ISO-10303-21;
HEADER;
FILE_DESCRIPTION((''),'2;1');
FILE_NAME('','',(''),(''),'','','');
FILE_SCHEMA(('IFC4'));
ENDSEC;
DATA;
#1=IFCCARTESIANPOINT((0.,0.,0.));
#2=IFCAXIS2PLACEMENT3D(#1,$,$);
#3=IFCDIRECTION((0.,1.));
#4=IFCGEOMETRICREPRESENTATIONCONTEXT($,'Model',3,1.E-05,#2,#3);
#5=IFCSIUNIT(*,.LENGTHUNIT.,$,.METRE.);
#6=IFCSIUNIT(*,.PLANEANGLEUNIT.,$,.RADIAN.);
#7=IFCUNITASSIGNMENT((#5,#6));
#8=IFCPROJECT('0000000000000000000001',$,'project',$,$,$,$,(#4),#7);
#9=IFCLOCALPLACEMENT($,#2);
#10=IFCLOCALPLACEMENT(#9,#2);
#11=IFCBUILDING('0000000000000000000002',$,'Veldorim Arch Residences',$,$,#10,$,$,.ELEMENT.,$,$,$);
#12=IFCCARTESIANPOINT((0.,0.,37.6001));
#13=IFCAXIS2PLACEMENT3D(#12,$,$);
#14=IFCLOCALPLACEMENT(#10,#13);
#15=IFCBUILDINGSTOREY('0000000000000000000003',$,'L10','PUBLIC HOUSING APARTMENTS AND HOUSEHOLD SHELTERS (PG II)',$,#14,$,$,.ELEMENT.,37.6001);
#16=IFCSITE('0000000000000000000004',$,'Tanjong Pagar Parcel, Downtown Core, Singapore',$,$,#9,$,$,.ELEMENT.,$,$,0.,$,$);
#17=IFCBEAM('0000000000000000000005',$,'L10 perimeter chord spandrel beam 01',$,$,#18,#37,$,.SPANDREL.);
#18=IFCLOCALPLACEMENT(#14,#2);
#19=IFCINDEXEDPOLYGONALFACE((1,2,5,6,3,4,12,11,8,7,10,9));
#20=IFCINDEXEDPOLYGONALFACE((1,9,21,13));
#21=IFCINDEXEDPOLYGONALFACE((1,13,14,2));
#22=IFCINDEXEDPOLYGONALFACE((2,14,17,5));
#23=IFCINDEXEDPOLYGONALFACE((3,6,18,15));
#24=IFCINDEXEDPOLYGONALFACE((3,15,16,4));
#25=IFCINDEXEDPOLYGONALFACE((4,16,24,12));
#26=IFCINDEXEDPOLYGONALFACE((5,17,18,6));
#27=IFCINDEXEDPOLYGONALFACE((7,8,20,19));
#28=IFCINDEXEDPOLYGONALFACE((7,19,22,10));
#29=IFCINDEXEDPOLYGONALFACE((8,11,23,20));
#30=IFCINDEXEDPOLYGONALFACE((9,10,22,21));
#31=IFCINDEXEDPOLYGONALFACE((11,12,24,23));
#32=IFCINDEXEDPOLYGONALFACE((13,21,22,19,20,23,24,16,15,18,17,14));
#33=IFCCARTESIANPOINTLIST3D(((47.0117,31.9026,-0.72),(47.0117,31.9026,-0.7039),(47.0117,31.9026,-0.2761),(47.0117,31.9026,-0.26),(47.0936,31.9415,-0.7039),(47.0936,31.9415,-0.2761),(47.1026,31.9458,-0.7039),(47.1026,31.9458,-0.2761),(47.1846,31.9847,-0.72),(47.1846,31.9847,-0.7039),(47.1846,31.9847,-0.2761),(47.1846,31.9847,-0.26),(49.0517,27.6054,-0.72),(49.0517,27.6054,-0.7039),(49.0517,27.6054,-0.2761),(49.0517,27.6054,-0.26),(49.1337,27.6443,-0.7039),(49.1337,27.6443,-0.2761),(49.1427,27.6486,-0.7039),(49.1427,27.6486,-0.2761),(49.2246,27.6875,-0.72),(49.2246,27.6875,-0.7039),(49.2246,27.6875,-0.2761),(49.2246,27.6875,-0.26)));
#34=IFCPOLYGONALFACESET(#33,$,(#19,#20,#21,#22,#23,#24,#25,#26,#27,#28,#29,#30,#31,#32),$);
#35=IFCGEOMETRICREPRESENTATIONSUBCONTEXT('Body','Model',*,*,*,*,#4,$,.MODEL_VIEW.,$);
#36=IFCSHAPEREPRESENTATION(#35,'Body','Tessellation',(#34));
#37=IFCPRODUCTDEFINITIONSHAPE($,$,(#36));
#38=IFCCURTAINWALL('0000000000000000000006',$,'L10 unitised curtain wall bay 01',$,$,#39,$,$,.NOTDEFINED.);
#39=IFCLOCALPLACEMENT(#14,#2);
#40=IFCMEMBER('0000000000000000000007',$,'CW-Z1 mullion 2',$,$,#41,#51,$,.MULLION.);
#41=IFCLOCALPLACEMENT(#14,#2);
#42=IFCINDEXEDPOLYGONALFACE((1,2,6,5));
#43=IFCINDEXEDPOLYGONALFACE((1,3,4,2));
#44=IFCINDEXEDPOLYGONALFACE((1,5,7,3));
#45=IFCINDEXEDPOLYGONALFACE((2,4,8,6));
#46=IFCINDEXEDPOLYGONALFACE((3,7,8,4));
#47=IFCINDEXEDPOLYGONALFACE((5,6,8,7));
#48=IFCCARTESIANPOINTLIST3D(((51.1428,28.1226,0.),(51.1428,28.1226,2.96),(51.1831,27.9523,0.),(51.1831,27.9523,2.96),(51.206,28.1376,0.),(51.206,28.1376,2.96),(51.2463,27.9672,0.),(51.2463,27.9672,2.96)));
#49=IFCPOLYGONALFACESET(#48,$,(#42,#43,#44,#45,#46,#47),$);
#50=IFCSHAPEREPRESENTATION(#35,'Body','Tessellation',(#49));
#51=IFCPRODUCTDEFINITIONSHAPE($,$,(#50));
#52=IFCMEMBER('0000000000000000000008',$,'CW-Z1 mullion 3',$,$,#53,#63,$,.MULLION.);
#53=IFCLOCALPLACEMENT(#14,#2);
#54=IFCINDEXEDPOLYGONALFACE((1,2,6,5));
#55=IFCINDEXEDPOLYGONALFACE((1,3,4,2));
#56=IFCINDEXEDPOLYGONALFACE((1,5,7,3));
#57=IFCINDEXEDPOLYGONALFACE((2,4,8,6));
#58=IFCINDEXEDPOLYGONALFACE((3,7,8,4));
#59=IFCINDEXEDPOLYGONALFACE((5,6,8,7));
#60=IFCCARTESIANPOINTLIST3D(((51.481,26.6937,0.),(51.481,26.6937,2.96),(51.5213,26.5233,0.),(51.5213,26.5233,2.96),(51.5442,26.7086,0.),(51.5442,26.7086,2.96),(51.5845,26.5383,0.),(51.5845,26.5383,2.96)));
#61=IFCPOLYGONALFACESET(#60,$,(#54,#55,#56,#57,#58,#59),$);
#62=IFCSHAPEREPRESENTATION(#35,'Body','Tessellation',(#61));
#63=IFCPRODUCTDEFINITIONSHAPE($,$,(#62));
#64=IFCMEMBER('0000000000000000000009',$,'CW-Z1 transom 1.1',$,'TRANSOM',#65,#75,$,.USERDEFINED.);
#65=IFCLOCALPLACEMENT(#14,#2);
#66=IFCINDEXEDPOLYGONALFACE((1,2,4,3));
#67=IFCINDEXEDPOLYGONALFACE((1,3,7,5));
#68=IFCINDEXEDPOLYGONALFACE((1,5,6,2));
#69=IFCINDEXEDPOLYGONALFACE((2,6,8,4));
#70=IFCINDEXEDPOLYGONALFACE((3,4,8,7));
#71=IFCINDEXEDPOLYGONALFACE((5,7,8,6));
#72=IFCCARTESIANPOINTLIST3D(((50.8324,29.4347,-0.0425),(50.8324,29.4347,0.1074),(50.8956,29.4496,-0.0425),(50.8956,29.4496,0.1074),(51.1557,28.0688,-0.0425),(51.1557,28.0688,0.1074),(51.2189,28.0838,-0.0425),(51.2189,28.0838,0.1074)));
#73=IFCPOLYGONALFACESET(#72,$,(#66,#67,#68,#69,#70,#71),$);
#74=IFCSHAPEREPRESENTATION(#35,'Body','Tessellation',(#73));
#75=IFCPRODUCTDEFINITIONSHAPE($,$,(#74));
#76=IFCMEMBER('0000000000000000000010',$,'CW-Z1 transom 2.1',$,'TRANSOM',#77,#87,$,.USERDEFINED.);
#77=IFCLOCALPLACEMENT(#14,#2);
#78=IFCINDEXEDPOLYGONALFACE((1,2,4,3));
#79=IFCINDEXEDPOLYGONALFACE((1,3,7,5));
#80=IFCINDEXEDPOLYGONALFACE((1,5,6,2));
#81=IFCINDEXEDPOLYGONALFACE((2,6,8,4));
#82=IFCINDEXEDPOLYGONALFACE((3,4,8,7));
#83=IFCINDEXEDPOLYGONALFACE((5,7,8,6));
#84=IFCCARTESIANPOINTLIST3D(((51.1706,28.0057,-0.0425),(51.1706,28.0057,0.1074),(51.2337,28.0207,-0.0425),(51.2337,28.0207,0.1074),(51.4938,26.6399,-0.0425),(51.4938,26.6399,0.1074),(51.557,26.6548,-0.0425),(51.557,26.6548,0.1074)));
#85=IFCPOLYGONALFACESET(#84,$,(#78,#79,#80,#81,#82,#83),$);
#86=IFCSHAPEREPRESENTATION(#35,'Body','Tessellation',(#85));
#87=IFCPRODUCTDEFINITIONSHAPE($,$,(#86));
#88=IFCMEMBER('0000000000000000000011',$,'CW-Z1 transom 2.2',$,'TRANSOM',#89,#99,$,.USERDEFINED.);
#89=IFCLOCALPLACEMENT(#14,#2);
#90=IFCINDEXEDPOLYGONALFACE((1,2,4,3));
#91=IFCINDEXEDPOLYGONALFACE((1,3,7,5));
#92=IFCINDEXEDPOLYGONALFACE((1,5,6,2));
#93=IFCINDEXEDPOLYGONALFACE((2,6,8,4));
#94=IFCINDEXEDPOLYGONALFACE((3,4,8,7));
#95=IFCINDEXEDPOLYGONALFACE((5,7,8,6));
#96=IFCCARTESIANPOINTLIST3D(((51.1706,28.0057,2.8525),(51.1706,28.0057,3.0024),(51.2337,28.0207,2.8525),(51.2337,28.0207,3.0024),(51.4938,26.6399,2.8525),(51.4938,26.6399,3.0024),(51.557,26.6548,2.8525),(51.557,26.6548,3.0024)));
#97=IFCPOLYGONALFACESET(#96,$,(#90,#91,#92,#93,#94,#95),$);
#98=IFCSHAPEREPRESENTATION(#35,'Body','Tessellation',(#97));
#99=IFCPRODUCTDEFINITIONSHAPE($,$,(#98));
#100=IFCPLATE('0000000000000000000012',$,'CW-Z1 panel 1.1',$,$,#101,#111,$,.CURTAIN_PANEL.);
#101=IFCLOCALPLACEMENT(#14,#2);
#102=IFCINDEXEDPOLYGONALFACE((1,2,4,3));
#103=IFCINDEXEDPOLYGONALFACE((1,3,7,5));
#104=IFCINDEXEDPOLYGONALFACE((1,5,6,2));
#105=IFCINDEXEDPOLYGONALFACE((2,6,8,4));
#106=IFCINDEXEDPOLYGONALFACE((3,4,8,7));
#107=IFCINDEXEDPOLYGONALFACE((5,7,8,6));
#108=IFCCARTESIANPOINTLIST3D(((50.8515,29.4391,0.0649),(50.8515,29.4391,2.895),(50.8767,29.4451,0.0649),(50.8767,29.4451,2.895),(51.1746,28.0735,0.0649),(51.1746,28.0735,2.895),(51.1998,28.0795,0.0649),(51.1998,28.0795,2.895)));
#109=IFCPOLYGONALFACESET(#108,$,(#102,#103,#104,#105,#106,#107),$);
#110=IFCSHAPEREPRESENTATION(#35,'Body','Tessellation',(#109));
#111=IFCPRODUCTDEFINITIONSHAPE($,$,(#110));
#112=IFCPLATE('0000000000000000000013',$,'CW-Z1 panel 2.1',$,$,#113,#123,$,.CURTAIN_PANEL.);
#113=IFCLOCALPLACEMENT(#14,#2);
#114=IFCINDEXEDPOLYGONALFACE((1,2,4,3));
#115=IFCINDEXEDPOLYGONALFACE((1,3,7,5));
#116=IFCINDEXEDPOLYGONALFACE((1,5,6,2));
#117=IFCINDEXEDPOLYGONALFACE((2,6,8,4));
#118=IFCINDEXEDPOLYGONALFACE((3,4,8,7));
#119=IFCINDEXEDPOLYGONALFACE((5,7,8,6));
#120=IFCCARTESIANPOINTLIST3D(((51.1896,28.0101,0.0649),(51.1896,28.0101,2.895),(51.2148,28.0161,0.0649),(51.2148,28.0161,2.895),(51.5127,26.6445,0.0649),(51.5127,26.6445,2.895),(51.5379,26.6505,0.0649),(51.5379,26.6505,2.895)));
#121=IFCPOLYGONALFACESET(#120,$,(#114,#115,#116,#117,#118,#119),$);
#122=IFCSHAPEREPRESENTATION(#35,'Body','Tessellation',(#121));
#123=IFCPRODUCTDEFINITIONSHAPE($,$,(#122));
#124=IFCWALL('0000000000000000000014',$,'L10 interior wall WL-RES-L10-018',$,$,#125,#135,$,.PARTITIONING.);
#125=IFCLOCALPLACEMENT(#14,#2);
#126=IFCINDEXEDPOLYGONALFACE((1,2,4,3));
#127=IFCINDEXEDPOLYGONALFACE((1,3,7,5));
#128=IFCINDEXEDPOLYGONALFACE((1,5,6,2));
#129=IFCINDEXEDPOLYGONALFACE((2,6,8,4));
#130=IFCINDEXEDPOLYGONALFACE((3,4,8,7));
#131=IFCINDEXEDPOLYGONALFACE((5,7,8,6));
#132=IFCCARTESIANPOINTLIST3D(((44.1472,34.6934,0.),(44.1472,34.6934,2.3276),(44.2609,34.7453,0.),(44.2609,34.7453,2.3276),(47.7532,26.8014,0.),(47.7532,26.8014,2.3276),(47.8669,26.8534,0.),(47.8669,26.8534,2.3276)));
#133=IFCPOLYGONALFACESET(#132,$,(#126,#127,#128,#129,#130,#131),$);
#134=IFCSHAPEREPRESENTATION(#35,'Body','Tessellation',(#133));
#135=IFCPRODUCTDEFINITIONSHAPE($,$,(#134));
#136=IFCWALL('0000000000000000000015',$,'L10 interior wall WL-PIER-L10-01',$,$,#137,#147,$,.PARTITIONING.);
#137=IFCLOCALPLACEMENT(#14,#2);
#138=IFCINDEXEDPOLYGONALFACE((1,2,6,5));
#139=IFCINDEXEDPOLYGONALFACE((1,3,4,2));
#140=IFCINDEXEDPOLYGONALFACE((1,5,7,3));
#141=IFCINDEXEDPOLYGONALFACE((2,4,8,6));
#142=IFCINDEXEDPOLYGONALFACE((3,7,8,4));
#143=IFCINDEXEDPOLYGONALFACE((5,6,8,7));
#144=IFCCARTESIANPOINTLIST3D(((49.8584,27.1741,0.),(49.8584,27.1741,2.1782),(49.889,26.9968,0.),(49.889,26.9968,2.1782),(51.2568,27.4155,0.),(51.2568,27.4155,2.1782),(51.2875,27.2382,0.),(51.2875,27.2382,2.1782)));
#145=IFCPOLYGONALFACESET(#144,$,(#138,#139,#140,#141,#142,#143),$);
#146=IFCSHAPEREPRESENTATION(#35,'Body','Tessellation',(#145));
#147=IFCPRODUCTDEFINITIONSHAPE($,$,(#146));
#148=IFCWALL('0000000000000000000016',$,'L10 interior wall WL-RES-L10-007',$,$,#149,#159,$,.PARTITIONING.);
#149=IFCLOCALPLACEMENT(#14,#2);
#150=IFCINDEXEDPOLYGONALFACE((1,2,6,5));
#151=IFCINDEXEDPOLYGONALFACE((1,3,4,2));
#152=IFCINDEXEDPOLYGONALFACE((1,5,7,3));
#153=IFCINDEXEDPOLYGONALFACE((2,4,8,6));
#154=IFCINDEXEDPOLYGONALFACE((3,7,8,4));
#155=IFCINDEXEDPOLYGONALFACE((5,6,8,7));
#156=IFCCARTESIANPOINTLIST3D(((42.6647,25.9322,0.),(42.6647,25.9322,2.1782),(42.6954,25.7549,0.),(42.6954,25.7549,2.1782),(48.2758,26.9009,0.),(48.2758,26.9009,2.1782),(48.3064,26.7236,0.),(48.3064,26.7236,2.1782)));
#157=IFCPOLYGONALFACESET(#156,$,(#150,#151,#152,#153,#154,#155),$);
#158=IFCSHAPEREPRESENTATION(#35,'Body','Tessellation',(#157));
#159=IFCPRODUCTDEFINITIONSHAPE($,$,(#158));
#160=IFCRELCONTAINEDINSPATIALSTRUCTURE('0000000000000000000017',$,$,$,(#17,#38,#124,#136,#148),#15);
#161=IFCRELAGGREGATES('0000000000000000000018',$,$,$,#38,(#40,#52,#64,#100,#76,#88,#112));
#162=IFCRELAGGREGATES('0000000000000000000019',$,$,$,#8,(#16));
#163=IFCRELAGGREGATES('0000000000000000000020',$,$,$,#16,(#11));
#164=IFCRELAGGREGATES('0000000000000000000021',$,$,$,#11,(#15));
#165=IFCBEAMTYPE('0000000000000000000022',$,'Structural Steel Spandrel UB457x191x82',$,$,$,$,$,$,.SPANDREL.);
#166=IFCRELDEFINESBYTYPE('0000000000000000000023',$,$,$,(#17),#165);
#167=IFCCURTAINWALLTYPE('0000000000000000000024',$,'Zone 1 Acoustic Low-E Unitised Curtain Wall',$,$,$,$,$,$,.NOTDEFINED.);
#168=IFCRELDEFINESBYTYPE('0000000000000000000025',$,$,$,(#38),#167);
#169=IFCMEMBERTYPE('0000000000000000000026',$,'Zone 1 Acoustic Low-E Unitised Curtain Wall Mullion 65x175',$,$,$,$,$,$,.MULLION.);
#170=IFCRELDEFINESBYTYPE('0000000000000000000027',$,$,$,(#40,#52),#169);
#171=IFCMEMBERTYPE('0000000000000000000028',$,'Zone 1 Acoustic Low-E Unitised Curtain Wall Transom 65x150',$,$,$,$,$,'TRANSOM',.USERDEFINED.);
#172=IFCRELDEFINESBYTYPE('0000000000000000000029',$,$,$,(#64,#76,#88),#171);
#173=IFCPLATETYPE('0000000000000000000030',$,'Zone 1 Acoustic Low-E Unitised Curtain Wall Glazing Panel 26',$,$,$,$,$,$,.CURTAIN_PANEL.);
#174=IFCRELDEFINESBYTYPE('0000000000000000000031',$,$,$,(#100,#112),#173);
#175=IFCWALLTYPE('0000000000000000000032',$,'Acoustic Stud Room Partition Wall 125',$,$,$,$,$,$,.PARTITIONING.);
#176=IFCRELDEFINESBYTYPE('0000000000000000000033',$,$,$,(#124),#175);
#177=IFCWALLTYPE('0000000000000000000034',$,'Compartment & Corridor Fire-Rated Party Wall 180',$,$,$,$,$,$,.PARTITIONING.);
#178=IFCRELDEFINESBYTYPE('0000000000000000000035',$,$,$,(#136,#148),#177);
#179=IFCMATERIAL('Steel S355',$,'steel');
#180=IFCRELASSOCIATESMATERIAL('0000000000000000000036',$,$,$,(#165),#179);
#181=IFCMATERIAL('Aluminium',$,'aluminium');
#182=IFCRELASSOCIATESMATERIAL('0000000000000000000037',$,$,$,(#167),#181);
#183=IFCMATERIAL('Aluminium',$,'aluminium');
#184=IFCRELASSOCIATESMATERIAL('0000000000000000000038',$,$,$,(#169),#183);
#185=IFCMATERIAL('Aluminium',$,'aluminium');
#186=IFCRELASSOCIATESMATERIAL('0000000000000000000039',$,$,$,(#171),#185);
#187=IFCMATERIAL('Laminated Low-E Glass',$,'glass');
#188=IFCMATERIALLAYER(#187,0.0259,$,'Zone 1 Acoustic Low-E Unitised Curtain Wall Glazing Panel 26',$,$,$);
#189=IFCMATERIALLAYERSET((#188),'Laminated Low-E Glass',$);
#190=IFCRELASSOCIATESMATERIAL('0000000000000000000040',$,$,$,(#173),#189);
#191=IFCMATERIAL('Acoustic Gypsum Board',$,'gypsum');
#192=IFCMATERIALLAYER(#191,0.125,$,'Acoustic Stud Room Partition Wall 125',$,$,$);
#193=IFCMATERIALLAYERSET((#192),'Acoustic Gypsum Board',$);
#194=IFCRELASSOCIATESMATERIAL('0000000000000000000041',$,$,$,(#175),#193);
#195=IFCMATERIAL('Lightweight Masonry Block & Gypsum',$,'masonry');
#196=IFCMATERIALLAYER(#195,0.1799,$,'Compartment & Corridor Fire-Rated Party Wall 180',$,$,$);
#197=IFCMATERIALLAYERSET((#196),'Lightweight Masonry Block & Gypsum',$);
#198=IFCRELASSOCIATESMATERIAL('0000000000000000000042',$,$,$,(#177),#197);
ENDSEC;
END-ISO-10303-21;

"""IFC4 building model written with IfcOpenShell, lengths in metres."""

from ifc_helpers import new_model, si_unit, direction, frame, frame_2d, origin, origin_2d, place, context, subcontext, project, spatial, rectangle, i_section, extrude, material, layer, layer_set, material_profile, profile_set, type_object, element, aggregate, save


model = new_model("IFC4")

# Units and contexts
model_context = context("Model", 3, precision=1e-05, world=origin(), true_north=direction((0.0, 1.0)))
body_context = subcontext(model_context, "Body", "Model", "MODEL_VIEW")
ifc_project = project(units=[si_unit("LENGTHUNIT", "METRE"), si_unit("PLANEANGLEUNIT", "RADIAN")], contexts=[model_context])

# Site, building, storey
site_placement = place(None, origin())
site = spatial("IfcSite", under=ifc_project, at=site_placement, Name="Tanjong Pagar Parcel, Downtown Core, Singapore", CompositionType="ELEMENT", RefElevation=0.0)
building_placement = place(site_placement, origin())
building = spatial("IfcBuilding", under=site, at=building_placement, Name="Veldorim Arch Residences", CompositionType="ELEMENT")
storey_placement = place(building_placement, frame((0.0, 0.0, 37.6001)))
storey = spatial("IfcBuildingStorey", under=building, at=storey_placement, Name="L10", Description="PUBLIC HOUSING APARTMENTS AND HOUSEHOLD SHELTERS (PG II)", CompositionType="ELEMENT", Elevation=37.6001)

# Beam
ifc_material_1 = material(Name="Steel S355", Category="steel")
ifc_material_profile_1 = material_profile(ifc_material_1, i_section(OverallWidth=0.1914, OverallDepth=0.46, WebThickness=0.01, FlangeThickness=0.0161, at=origin_2d()), Name="UB457x191x82")
ifc_profile_set_1 = profile_set([ifc_material_profile_1], Name="Steel S355")
beam_type_1 = type_object("IfcBeamType", Name="Structural Steel Spandrel UB457x191x82", PredefinedType="SPANDREL", material=ifc_profile_set_1)
beam_1_placement = place(storey_placement, frame((49.1382, 27.6465, -0.49), z_axis=(-0.428869, 0.903366, 0.0), x_axis=(-0.903366, -0.428869, 0.0)))
element("IfcBeam", 1, at=beam_1_placement, inside=storey, type_object=beam_type_1, Name="L10 perimeter chord spandrel beam 01", PredefinedType="SPANDREL", context=body_context, shape_type="SweptSolid", body=[
    extrude(i_section(OverallWidth=0.1914, OverallDepth=0.46, WebThickness=0.01, FlangeThickness=0.0161, at=origin_2d()), origin(), (0.0, 0.0, 1.0), 4.7568),
])

# Curtain wall, members, plates
ifc_material_2 = material(Name="Aluminium", Category="aluminium")
curtain_wall_type = type_object("IfcCurtainWallType", Name="Zone 1 Acoustic Low-E Unitised Curtain Wall", PredefinedType="NOTDEFINED", material=ifc_material_2)
curtain_wall_placement = place(storey_placement, origin())
curtain_wall = element("IfcCurtainWall", 2, at=curtain_wall_placement, inside=storey, type_object=curtain_wall_type, Name="L10 unitised curtain wall bay 01", PredefinedType="NOTDEFINED")
ifc_material_3 = material(Name="Aluminium", Category="aluminium")
ifc_material_profile_2 = material_profile(ifc_material_3, rectangle(XDim=0.0649, YDim=0.175, at=origin_2d()), Name="ALU_MUL_65x175")
ifc_profile_set_2 = profile_set([ifc_material_profile_2], Name="Aluminium")
member_type_1 = type_object("IfcMemberType", Name="Zone 1 Acoustic Low-E Unitised Curtain Wall Mullion 65x175", PredefinedType="MULLION", material=ifc_profile_set_2)
member_1_placement = place(storey_placement, frame((51.1946, 28.0449, 0.0), z_axis=(0.0, 0.0, 1.0), x_axis=(0.97313, 0.230257, 0.0)))
member_1 = element("IfcMember", 3, at=member_1_placement, type_object=member_type_1, Name="CW-Z1 mullion 2", PredefinedType="MULLION", context=body_context, shape_type="SweptSolid", body=[
    extrude(rectangle(XDim=0.0649, YDim=0.175, at=origin_2d()), origin(), (0.0, 0.0, 1.0), 2.96),
])
member_2_placement = place(storey_placement, frame((51.5327, 26.616, 0.0), z_axis=(0.0, 0.0, 1.0), x_axis=(0.97313, 0.230257, 0.0)))
member_2 = element("IfcMember", 4, at=member_2_placement, type_object=member_type_1, Name="CW-Z1 mullion 3", PredefinedType="MULLION", context=body_context, shape_type="SweptSolid", body=[
    extrude(rectangle(XDim=0.0649, YDim=0.175, at=origin_2d()), origin(), (0.0, 0.0, 1.0), 2.96),
])
ifc_material_4 = material(Name="Aluminium", Category="aluminium")
ifc_material_profile_3 = material_profile(ifc_material_4, rectangle(XDim=0.0649, YDim=0.1499, at=origin_2d()), Name="ALU_TRN_65x150")
ifc_profile_set_3 = profile_set([ifc_material_profile_3], Name="Aluminium")
member_type_2 = type_object("IfcMemberType", Name="Zone 1 Acoustic Low-E Unitised Curtain Wall Transom 65x150", ElementType="TRANSOM", PredefinedType="USERDEFINED", material=ifc_profile_set_3)
member_3_placement = place(storey_placement, frame((50.864, 29.4421, 0.0325), z_axis=(0.230319, -0.973115, 0.0), x_axis=(0.973115, 0.230319, 0.0)))
member_3 = element("IfcMember", 5, at=member_3_placement, type_object=member_type_2, Name="CW-Z1 transom 1.1", ObjectType="TRANSOM", PredefinedType="USERDEFINED", context=body_context, shape_type="SweptSolid", body=[
    extrude(rectangle(XDim=0.0649, YDim=0.1499, at=origin_2d()), origin(), (0.0, 0.0, 1.0), 1.4036),
])
member_4_placement = place(storey_placement, frame((51.2021, 28.0132, 0.0325), z_axis=(0.230319, -0.973115, 0.0), x_axis=(0.973115, 0.230319, 0.0)))
member_4 = element("IfcMember", 6, at=member_4_placement, type_object=member_type_2, Name="CW-Z1 transom 2.1", ObjectType="TRANSOM", PredefinedType="USERDEFINED", context=body_context, shape_type="SweptSolid", body=[
    extrude(rectangle(XDim=0.0649, YDim=0.1499, at=origin_2d()), origin(), (0.0, 0.0, 1.0), 1.4036),
])
member_5_placement = place(storey_placement, frame((51.2021, 28.0132, 2.9275), z_axis=(0.230319, -0.973115, 0.0), x_axis=(0.973115, 0.230319, 0.0)))
member_5 = element("IfcMember", 7, at=member_5_placement, type_object=member_type_2, Name="CW-Z1 transom 2.2", ObjectType="TRANSOM", PredefinedType="USERDEFINED", context=body_context, shape_type="SweptSolid", body=[
    extrude(rectangle(XDim=0.0649, YDim=0.1499, at=origin_2d()), origin(), (0.0, 0.0, 1.0), 1.4036),
])
ifc_material_5 = material(Name="Laminated Low-E Glass", Category="glass")
ifc_layer_1 = layer(ifc_material_5, 0.0259, Name="Zone 1 Acoustic Low-E Unitised Curtain Wall Glazing Panel 26")
ifc_layer_set_1 = layer_set([ifc_layer_1], Name="Laminated Low-E Glass")
plate_type = type_object("IfcPlateType", Name="Zone 1 Acoustic Low-E Unitised Curtain Wall Glazing Panel 26", PredefinedType="CURTAIN_PANEL", material=ifc_layer_set_1)
plate_1_placement = place(storey_placement, frame((51.0256, 28.7593, 0.0649), z_axis=(0.0, 0.0, 1.0), x_axis=(0.230257, -0.97313, 0.0)))
plate_1 = element("IfcPlate", 8, at=plate_1_placement, type_object=plate_type, Name="CW-Z1 panel 1.1", PredefinedType="CURTAIN_PANEL", context=body_context, shape_type="SweptSolid", body=[
    extrude(rectangle(XDim=1.4033, YDim=0.0259, at=origin_2d()), origin(), (0.0, 0.0, 1.0), 2.8301),
])
plate_2_placement = place(storey_placement, frame((51.3638, 27.3303, 0.0649), z_axis=(0.0, 0.0, 1.0), x_axis=(0.230257, -0.97313, 0.0)))
plate_2 = element("IfcPlate", 9, at=plate_2_placement, type_object=plate_type, Name="CW-Z1 panel 2.1", PredefinedType="CURTAIN_PANEL", context=body_context, shape_type="SweptSolid", body=[
    extrude(rectangle(XDim=1.4033, YDim=0.0259, at=origin_2d()), origin(), (0.0, 0.0, 1.0), 2.8301),
])
aggregate(curtain_wall, [member_1, member_2, member_3, plate_1, member_4, member_5, plate_2])

# Walls
ifc_material_6 = material(Name="Acoustic Gypsum Board", Category="gypsum")
ifc_layer_2 = layer(ifc_material_6, 0.125, Name="Acoustic Stud Room Partition Wall 125")
ifc_layer_set_2 = layer_set([ifc_layer_2], Name="Acoustic Gypsum Board")
wall_type_1 = type_object("IfcWallType", Name="Acoustic Stud Room Partition Wall 125", PredefinedType="PARTITIONING", material=ifc_layer_set_2)
wall_1_placement = place(storey_placement, frame((47.8101, 26.8274, 0.0), z_axis=(0.0, 0.0, 1.0), x_axis=(-0.415594, 0.90955, 0.0)))
element("IfcWall", 10, at=wall_1_placement, inside=storey, type_object=wall_type_1, Name="L10 interior wall WL-RES-L10-018", PredefinedType="PARTITIONING", context=body_context, shape_type="SweptSolid", body=[
    extrude(rectangle(XDim=8.6768, YDim=0.125, at=frame_2d((4.3384, 0.0))), origin(), (0.0, 0.0, 1.0), 2.3276),
])
ifc_material_7 = material(Name="Lightweight Masonry Block & Gypsum", Category="masonry")
ifc_layer_3 = layer(ifc_material_7, 0.1799, Name="Compartment & Corridor Fire-Rated Party Wall 180")
ifc_layer_set_3 = layer_set([ifc_layer_3], Name="Lightweight Masonry Block & Gypsum")
wall_type_2 = type_object("IfcWallType", Name="Compartment & Corridor Fire-Rated Party Wall 180", PredefinedType="PARTITIONING", material=ifc_layer_set_3)
wall_2_placement = place(storey_placement, frame((49.8738, 27.0854, 0.0), z_axis=(0.0, 0.0, 1.0), x_axis=(0.985419, 0.170143, 0.0)))
element("IfcWall", 11, at=wall_2_placement, inside=storey, type_object=wall_type_2, Name="L10 interior wall WL-PIER-L10-01", PredefinedType="PARTITIONING", context=body_context, shape_type="SweptSolid", body=[
    extrude(rectangle(XDim=1.4192, YDim=0.1799, at=frame_2d((0.7095, 0.0))), origin(), (0.0, 0.0, 1.0), 2.1782),
])
wall_3_placement = place(storey_placement, frame((42.6799, 25.8435, 0.0), z_axis=(0.0, 0.0, 1.0), x_axis=(0.985421, 0.170132, 0.0)))
element("IfcWall", 12, at=wall_3_placement, inside=storey, type_object=wall_type_2, Name="L10 interior wall WL-RES-L10-007", PredefinedType="PARTITIONING", context=body_context, shape_type="SweptSolid", body=[
    extrude(rectangle(XDim=5.6941, YDim=0.1799, at=frame_2d((2.8472, 0.0))), origin(), (0.0, 0.0, 1.0), 2.1782),
])

save(model, "model.ifc")
